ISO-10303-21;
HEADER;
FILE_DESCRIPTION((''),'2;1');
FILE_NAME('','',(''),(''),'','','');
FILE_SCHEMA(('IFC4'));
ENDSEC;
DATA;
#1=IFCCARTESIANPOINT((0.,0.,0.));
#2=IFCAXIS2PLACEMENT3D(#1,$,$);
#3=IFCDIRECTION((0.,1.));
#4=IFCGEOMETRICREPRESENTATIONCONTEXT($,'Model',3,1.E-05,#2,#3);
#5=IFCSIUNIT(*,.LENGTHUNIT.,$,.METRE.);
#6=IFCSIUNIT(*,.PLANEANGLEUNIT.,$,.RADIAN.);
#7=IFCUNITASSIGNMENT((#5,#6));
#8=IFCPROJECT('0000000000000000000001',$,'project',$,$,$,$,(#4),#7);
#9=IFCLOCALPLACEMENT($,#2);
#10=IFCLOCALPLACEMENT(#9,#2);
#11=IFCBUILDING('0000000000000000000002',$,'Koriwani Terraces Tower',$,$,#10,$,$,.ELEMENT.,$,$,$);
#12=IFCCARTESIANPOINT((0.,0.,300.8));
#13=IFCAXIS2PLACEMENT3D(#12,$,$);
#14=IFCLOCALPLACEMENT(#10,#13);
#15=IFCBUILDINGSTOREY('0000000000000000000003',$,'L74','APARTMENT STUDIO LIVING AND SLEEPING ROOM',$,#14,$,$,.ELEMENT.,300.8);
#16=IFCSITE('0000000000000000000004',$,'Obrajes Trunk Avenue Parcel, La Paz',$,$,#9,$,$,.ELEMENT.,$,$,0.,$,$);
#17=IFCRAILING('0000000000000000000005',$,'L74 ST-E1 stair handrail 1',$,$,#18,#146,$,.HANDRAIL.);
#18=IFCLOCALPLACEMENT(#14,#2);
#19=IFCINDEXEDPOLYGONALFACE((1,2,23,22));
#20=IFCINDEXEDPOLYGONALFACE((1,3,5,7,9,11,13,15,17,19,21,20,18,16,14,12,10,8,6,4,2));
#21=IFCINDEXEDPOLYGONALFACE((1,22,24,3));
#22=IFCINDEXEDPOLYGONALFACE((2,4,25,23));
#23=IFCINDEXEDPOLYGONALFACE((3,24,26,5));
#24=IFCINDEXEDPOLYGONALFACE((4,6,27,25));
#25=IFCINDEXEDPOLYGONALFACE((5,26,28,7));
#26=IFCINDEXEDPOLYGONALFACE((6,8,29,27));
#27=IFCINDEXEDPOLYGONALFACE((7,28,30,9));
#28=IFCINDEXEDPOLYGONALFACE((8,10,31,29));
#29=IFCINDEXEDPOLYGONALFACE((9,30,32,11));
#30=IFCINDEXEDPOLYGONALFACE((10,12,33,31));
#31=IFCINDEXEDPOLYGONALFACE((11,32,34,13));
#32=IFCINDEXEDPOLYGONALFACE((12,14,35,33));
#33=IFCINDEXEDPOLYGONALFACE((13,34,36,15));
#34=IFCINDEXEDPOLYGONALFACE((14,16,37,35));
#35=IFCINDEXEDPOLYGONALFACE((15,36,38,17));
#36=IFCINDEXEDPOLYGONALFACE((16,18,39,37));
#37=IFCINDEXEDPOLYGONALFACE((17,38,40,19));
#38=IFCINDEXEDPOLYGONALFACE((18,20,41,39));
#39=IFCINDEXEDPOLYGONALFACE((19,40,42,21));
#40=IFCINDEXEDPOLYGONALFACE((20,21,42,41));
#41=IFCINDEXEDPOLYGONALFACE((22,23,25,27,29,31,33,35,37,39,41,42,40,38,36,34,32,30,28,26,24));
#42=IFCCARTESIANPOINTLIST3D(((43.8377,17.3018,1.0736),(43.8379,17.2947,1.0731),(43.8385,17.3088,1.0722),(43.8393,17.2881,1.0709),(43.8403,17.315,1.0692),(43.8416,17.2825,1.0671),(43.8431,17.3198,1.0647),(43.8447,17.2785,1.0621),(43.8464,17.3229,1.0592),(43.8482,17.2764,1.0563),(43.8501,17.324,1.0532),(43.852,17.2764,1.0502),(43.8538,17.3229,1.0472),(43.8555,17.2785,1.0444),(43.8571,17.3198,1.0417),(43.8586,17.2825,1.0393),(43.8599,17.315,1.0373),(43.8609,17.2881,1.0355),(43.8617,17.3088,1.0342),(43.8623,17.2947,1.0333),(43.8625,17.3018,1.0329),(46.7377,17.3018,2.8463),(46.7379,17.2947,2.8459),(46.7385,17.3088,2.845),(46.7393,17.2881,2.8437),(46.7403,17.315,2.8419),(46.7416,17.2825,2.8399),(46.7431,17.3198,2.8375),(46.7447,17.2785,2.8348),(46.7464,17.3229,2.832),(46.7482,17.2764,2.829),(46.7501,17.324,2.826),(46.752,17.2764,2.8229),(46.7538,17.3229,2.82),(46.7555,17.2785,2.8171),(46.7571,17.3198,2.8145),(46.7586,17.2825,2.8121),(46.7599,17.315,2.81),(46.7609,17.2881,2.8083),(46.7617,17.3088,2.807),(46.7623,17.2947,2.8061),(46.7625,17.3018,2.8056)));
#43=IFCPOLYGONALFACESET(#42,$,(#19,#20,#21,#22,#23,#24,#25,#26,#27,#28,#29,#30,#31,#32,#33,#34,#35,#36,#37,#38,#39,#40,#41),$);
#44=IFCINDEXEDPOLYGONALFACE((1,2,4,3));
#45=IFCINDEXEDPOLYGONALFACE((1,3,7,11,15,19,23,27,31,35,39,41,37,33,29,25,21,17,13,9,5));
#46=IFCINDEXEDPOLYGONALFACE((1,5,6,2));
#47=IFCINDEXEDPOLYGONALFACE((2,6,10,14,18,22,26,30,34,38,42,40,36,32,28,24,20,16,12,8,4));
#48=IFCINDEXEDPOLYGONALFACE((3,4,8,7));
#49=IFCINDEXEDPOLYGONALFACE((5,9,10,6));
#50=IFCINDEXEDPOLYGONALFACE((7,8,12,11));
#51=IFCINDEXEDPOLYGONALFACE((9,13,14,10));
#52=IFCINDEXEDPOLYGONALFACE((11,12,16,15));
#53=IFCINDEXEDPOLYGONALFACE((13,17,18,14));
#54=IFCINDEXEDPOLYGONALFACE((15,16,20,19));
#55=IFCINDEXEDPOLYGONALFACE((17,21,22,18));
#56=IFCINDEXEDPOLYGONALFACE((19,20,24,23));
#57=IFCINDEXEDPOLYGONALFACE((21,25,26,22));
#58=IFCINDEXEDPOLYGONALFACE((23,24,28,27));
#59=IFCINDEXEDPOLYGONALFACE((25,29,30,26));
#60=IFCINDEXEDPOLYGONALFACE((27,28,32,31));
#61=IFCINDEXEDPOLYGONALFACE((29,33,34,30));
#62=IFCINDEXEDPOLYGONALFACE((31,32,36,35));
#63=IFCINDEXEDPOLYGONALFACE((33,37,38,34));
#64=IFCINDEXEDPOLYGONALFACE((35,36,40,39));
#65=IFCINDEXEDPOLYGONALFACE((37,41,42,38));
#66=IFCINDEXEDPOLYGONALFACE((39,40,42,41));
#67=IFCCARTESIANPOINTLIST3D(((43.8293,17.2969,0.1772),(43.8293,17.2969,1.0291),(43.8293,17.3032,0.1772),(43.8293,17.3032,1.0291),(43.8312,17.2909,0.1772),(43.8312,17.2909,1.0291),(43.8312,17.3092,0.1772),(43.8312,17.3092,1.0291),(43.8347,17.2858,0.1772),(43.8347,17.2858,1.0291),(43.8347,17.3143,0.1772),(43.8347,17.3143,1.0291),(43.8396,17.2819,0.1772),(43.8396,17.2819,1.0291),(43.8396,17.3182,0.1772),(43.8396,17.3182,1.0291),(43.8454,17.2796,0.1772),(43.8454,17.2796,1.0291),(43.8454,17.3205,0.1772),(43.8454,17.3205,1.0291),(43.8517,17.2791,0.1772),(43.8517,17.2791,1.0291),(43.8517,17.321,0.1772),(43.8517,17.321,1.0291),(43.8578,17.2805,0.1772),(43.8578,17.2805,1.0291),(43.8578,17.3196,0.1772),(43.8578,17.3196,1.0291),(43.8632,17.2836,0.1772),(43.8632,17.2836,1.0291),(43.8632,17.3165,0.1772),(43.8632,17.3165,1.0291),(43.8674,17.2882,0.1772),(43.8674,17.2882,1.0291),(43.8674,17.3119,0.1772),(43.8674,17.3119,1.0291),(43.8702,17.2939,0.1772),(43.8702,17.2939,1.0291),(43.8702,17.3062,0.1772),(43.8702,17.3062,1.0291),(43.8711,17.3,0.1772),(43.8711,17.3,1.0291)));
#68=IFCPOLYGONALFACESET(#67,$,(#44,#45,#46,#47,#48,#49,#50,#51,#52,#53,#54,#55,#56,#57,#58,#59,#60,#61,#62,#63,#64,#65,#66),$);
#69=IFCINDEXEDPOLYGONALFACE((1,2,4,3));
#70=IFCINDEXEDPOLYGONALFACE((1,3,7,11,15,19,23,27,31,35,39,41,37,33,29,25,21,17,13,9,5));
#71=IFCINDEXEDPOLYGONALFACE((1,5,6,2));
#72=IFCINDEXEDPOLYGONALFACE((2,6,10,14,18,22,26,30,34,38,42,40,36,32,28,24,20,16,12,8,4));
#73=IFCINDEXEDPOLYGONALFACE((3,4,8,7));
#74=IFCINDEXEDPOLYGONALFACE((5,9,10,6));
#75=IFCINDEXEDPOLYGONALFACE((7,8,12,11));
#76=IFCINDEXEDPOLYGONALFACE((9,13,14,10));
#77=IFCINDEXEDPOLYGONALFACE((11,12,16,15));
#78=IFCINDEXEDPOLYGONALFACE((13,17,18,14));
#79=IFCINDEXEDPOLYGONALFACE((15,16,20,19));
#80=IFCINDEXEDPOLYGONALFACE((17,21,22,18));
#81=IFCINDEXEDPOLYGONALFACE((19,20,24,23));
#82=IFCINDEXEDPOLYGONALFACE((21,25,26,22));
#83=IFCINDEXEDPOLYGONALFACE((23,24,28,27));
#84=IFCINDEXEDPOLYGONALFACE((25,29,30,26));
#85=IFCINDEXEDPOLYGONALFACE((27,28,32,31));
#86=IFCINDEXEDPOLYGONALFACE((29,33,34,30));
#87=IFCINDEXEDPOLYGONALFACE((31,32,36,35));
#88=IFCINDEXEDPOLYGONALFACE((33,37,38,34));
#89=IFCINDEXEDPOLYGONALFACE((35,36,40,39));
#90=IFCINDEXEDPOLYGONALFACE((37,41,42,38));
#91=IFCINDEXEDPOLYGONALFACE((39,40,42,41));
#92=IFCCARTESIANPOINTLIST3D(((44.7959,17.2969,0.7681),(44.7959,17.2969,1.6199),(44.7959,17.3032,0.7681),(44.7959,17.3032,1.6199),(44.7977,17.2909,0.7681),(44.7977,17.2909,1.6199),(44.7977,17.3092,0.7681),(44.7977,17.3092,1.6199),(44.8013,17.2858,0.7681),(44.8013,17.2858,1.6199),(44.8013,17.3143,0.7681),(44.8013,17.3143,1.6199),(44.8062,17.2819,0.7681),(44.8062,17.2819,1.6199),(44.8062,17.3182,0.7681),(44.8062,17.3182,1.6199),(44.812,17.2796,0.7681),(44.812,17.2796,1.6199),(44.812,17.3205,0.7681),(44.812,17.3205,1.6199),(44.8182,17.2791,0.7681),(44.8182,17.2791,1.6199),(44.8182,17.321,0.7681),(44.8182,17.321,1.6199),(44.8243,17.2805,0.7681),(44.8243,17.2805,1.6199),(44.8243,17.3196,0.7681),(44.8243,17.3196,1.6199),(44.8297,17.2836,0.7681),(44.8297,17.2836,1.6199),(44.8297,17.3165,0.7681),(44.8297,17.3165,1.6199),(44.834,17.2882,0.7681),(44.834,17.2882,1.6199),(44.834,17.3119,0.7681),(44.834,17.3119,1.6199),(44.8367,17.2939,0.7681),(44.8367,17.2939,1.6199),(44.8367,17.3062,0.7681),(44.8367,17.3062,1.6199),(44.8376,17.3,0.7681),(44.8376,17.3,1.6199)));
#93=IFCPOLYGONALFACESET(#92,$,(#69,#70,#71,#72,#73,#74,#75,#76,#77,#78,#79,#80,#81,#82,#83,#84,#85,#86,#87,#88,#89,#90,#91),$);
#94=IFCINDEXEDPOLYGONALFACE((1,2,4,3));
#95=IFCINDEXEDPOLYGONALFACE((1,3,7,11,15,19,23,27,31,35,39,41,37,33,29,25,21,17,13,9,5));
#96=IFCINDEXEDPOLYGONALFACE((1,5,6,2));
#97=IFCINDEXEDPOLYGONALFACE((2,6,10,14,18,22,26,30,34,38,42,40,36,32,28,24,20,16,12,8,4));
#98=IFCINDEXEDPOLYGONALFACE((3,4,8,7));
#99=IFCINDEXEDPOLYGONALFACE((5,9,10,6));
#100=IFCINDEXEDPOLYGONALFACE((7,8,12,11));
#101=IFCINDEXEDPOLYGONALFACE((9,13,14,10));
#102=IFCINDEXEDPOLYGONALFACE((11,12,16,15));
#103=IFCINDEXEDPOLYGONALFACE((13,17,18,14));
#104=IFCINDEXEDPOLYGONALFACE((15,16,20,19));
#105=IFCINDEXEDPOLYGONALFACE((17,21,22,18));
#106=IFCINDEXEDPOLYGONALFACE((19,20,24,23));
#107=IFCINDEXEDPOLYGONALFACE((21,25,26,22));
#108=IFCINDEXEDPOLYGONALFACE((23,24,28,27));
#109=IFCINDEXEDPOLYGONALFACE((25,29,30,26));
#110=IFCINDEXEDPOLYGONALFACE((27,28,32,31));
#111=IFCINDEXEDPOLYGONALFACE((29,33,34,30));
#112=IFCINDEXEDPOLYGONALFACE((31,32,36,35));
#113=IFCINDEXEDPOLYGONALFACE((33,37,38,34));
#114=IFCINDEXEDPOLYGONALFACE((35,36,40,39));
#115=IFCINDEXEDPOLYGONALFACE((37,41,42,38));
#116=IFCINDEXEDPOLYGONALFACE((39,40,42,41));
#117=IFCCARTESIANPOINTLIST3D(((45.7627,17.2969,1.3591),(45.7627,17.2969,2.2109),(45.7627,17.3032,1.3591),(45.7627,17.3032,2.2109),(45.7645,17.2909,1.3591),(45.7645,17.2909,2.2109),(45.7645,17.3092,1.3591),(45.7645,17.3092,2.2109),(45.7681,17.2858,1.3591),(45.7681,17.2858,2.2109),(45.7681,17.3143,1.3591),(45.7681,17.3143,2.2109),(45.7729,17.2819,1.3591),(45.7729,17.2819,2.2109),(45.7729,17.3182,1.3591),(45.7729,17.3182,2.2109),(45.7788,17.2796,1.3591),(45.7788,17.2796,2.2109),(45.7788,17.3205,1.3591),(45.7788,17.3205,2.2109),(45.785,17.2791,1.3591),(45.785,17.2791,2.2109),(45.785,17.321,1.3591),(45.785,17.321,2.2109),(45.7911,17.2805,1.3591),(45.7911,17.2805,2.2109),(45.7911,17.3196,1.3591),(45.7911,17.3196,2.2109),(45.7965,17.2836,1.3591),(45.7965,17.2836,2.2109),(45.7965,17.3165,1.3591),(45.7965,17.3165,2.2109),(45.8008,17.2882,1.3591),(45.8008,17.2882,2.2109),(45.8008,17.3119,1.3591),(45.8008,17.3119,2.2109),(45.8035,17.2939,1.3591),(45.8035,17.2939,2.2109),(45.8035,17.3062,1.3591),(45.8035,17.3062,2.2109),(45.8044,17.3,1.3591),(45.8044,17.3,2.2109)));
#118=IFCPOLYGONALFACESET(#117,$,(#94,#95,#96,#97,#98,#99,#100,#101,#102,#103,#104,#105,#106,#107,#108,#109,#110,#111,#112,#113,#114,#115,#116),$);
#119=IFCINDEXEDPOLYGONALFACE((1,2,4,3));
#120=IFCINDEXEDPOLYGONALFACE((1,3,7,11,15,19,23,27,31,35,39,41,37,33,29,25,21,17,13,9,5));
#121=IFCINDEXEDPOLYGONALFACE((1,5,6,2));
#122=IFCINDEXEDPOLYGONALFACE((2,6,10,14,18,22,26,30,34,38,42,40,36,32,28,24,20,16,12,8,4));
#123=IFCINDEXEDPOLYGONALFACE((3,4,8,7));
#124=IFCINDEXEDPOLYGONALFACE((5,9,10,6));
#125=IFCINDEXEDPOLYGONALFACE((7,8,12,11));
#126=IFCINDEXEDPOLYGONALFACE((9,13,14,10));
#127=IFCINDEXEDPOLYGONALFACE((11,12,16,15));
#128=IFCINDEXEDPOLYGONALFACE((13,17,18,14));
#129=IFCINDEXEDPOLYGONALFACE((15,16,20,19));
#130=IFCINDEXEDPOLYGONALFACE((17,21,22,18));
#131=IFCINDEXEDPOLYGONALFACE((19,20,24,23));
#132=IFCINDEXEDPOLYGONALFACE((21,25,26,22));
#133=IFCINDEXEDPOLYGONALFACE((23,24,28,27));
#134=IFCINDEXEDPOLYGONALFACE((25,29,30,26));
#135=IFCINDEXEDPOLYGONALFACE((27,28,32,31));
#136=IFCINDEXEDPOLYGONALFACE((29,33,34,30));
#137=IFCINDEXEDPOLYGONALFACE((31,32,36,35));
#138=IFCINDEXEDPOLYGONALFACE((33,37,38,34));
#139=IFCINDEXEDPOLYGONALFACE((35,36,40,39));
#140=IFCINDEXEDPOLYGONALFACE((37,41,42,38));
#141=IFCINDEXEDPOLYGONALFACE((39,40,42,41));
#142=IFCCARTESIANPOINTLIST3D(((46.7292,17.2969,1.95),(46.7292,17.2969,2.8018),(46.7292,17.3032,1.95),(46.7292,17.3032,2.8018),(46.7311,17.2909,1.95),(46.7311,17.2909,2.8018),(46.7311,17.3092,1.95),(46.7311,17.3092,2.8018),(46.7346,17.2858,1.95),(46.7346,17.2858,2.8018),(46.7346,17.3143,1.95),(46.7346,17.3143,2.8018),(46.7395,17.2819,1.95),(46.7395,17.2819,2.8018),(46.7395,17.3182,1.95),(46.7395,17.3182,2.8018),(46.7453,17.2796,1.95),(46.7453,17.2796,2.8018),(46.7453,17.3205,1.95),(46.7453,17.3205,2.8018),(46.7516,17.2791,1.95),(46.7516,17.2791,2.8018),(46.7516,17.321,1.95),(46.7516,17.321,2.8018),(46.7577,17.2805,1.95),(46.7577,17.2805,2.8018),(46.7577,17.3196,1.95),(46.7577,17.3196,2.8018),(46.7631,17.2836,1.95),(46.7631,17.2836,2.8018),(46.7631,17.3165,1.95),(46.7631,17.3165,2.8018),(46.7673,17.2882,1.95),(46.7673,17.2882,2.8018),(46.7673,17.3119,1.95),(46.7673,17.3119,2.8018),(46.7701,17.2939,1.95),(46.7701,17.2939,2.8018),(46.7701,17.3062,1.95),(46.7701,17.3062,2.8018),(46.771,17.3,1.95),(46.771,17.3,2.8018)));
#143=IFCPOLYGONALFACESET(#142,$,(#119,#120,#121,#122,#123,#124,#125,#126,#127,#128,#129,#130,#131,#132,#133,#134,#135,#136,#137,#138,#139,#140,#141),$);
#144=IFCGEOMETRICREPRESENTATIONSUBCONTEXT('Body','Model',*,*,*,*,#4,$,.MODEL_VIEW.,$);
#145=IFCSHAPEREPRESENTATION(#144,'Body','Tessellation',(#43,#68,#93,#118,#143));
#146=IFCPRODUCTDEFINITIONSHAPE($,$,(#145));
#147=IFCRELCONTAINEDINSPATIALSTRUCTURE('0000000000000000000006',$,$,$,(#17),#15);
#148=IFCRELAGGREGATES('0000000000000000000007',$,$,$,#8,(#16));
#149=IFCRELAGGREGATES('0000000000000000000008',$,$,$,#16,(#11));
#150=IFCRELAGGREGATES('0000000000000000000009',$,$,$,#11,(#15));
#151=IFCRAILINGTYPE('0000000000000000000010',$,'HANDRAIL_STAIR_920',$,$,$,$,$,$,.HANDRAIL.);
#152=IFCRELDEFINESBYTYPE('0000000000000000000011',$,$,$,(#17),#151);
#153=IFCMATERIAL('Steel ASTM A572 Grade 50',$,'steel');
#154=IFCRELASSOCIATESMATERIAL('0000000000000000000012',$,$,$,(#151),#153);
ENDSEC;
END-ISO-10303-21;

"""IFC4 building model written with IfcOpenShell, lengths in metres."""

from ifc_helpers import new_model, si_unit, direction, frame, origin, origin_2d, place, context, subcontext, project, spatial, circle, extrude, material, type_object, element, save


model = new_model("IFC4")

# Units and contexts
model_context = context("Model", 3, precision=1e-05, world=origin(), true_north=direction((0.0, 1.0)))
body_context = subcontext(model_context, "Body", "Model", "MODEL_VIEW")
ifc_project = project(units=[si_unit("LENGTHUNIT", "METRE"), si_unit("PLANEANGLEUNIT", "RADIAN")], contexts=[model_context])

# Site, building, storey
site_placement = place(None, origin())
site = spatial("IfcSite", under=ifc_project, at=site_placement, Name="Obrajes Trunk Avenue Parcel, La Paz", CompositionType="ELEMENT", RefElevation=0.0)
building_placement = place(site_placement, origin())
building = spatial("IfcBuilding", under=site, at=building_placement, Name="Koriwani Terraces Tower", CompositionType="ELEMENT")
storey_placement = place(building_placement, frame((0.0, 0.0, 300.8)))
storey = spatial("IfcBuildingStorey", under=building, at=storey_placement, Name="L74", Description="APARTMENT STUDIO LIVING AND SLEEPING ROOM", CompositionType="ELEMENT", Elevation=300.8)

# Shared definitions
ifc_material_1 = material(Name="Steel ASTM A572 Grade 50", Category="steel")

# Railing
railing_type_1 = type_object("IfcRailingType", Name="HANDRAIL_STAIR_920", PredefinedType="HANDRAIL", material=ifc_material_1)
railing_1_placement = place(storey_placement, frame((43.8501, 17.3, 0.1772)))
element("IfcRailing", 1, at=railing_1_placement, inside=storey, type_object=railing_type_1, Name="L74 ST-E1 stair handrail 1", PredefinedType="HANDRAIL", context=body_context, shape_type="SweptSolid", body=[
    extrude(circle(Radius=0.0239, at=origin_2d()), frame((0.0, 0.0, 0.876), z_axis=(0.853211, 0.0, 0.521566), x_axis=(0.0, 1.0, 0.0)), (0.0, 0.0, 1.0), 3.3989),
    extrude(circle(Radius=0.021, at=origin_2d()), origin(), (0.0, 0.0, 1.0), 0.8518),
    extrude(circle(Radius=0.021, at=origin_2d()), frame((0.9666, 0.0, 0.5908)), (0.0, 0.0, 1.0), 0.8518),
    extrude(circle(Radius=0.021, at=origin_2d()), frame((1.9333, 0.0, 1.1819)), (0.0, 0.0, 1.0), 0.8518),
    extrude(circle(Radius=0.021, at=origin_2d()), frame((2.8999, 0.0, 1.7727)), (0.0, 0.0, 1.0), 0.8518),
])

save(model, "model.ifc")
